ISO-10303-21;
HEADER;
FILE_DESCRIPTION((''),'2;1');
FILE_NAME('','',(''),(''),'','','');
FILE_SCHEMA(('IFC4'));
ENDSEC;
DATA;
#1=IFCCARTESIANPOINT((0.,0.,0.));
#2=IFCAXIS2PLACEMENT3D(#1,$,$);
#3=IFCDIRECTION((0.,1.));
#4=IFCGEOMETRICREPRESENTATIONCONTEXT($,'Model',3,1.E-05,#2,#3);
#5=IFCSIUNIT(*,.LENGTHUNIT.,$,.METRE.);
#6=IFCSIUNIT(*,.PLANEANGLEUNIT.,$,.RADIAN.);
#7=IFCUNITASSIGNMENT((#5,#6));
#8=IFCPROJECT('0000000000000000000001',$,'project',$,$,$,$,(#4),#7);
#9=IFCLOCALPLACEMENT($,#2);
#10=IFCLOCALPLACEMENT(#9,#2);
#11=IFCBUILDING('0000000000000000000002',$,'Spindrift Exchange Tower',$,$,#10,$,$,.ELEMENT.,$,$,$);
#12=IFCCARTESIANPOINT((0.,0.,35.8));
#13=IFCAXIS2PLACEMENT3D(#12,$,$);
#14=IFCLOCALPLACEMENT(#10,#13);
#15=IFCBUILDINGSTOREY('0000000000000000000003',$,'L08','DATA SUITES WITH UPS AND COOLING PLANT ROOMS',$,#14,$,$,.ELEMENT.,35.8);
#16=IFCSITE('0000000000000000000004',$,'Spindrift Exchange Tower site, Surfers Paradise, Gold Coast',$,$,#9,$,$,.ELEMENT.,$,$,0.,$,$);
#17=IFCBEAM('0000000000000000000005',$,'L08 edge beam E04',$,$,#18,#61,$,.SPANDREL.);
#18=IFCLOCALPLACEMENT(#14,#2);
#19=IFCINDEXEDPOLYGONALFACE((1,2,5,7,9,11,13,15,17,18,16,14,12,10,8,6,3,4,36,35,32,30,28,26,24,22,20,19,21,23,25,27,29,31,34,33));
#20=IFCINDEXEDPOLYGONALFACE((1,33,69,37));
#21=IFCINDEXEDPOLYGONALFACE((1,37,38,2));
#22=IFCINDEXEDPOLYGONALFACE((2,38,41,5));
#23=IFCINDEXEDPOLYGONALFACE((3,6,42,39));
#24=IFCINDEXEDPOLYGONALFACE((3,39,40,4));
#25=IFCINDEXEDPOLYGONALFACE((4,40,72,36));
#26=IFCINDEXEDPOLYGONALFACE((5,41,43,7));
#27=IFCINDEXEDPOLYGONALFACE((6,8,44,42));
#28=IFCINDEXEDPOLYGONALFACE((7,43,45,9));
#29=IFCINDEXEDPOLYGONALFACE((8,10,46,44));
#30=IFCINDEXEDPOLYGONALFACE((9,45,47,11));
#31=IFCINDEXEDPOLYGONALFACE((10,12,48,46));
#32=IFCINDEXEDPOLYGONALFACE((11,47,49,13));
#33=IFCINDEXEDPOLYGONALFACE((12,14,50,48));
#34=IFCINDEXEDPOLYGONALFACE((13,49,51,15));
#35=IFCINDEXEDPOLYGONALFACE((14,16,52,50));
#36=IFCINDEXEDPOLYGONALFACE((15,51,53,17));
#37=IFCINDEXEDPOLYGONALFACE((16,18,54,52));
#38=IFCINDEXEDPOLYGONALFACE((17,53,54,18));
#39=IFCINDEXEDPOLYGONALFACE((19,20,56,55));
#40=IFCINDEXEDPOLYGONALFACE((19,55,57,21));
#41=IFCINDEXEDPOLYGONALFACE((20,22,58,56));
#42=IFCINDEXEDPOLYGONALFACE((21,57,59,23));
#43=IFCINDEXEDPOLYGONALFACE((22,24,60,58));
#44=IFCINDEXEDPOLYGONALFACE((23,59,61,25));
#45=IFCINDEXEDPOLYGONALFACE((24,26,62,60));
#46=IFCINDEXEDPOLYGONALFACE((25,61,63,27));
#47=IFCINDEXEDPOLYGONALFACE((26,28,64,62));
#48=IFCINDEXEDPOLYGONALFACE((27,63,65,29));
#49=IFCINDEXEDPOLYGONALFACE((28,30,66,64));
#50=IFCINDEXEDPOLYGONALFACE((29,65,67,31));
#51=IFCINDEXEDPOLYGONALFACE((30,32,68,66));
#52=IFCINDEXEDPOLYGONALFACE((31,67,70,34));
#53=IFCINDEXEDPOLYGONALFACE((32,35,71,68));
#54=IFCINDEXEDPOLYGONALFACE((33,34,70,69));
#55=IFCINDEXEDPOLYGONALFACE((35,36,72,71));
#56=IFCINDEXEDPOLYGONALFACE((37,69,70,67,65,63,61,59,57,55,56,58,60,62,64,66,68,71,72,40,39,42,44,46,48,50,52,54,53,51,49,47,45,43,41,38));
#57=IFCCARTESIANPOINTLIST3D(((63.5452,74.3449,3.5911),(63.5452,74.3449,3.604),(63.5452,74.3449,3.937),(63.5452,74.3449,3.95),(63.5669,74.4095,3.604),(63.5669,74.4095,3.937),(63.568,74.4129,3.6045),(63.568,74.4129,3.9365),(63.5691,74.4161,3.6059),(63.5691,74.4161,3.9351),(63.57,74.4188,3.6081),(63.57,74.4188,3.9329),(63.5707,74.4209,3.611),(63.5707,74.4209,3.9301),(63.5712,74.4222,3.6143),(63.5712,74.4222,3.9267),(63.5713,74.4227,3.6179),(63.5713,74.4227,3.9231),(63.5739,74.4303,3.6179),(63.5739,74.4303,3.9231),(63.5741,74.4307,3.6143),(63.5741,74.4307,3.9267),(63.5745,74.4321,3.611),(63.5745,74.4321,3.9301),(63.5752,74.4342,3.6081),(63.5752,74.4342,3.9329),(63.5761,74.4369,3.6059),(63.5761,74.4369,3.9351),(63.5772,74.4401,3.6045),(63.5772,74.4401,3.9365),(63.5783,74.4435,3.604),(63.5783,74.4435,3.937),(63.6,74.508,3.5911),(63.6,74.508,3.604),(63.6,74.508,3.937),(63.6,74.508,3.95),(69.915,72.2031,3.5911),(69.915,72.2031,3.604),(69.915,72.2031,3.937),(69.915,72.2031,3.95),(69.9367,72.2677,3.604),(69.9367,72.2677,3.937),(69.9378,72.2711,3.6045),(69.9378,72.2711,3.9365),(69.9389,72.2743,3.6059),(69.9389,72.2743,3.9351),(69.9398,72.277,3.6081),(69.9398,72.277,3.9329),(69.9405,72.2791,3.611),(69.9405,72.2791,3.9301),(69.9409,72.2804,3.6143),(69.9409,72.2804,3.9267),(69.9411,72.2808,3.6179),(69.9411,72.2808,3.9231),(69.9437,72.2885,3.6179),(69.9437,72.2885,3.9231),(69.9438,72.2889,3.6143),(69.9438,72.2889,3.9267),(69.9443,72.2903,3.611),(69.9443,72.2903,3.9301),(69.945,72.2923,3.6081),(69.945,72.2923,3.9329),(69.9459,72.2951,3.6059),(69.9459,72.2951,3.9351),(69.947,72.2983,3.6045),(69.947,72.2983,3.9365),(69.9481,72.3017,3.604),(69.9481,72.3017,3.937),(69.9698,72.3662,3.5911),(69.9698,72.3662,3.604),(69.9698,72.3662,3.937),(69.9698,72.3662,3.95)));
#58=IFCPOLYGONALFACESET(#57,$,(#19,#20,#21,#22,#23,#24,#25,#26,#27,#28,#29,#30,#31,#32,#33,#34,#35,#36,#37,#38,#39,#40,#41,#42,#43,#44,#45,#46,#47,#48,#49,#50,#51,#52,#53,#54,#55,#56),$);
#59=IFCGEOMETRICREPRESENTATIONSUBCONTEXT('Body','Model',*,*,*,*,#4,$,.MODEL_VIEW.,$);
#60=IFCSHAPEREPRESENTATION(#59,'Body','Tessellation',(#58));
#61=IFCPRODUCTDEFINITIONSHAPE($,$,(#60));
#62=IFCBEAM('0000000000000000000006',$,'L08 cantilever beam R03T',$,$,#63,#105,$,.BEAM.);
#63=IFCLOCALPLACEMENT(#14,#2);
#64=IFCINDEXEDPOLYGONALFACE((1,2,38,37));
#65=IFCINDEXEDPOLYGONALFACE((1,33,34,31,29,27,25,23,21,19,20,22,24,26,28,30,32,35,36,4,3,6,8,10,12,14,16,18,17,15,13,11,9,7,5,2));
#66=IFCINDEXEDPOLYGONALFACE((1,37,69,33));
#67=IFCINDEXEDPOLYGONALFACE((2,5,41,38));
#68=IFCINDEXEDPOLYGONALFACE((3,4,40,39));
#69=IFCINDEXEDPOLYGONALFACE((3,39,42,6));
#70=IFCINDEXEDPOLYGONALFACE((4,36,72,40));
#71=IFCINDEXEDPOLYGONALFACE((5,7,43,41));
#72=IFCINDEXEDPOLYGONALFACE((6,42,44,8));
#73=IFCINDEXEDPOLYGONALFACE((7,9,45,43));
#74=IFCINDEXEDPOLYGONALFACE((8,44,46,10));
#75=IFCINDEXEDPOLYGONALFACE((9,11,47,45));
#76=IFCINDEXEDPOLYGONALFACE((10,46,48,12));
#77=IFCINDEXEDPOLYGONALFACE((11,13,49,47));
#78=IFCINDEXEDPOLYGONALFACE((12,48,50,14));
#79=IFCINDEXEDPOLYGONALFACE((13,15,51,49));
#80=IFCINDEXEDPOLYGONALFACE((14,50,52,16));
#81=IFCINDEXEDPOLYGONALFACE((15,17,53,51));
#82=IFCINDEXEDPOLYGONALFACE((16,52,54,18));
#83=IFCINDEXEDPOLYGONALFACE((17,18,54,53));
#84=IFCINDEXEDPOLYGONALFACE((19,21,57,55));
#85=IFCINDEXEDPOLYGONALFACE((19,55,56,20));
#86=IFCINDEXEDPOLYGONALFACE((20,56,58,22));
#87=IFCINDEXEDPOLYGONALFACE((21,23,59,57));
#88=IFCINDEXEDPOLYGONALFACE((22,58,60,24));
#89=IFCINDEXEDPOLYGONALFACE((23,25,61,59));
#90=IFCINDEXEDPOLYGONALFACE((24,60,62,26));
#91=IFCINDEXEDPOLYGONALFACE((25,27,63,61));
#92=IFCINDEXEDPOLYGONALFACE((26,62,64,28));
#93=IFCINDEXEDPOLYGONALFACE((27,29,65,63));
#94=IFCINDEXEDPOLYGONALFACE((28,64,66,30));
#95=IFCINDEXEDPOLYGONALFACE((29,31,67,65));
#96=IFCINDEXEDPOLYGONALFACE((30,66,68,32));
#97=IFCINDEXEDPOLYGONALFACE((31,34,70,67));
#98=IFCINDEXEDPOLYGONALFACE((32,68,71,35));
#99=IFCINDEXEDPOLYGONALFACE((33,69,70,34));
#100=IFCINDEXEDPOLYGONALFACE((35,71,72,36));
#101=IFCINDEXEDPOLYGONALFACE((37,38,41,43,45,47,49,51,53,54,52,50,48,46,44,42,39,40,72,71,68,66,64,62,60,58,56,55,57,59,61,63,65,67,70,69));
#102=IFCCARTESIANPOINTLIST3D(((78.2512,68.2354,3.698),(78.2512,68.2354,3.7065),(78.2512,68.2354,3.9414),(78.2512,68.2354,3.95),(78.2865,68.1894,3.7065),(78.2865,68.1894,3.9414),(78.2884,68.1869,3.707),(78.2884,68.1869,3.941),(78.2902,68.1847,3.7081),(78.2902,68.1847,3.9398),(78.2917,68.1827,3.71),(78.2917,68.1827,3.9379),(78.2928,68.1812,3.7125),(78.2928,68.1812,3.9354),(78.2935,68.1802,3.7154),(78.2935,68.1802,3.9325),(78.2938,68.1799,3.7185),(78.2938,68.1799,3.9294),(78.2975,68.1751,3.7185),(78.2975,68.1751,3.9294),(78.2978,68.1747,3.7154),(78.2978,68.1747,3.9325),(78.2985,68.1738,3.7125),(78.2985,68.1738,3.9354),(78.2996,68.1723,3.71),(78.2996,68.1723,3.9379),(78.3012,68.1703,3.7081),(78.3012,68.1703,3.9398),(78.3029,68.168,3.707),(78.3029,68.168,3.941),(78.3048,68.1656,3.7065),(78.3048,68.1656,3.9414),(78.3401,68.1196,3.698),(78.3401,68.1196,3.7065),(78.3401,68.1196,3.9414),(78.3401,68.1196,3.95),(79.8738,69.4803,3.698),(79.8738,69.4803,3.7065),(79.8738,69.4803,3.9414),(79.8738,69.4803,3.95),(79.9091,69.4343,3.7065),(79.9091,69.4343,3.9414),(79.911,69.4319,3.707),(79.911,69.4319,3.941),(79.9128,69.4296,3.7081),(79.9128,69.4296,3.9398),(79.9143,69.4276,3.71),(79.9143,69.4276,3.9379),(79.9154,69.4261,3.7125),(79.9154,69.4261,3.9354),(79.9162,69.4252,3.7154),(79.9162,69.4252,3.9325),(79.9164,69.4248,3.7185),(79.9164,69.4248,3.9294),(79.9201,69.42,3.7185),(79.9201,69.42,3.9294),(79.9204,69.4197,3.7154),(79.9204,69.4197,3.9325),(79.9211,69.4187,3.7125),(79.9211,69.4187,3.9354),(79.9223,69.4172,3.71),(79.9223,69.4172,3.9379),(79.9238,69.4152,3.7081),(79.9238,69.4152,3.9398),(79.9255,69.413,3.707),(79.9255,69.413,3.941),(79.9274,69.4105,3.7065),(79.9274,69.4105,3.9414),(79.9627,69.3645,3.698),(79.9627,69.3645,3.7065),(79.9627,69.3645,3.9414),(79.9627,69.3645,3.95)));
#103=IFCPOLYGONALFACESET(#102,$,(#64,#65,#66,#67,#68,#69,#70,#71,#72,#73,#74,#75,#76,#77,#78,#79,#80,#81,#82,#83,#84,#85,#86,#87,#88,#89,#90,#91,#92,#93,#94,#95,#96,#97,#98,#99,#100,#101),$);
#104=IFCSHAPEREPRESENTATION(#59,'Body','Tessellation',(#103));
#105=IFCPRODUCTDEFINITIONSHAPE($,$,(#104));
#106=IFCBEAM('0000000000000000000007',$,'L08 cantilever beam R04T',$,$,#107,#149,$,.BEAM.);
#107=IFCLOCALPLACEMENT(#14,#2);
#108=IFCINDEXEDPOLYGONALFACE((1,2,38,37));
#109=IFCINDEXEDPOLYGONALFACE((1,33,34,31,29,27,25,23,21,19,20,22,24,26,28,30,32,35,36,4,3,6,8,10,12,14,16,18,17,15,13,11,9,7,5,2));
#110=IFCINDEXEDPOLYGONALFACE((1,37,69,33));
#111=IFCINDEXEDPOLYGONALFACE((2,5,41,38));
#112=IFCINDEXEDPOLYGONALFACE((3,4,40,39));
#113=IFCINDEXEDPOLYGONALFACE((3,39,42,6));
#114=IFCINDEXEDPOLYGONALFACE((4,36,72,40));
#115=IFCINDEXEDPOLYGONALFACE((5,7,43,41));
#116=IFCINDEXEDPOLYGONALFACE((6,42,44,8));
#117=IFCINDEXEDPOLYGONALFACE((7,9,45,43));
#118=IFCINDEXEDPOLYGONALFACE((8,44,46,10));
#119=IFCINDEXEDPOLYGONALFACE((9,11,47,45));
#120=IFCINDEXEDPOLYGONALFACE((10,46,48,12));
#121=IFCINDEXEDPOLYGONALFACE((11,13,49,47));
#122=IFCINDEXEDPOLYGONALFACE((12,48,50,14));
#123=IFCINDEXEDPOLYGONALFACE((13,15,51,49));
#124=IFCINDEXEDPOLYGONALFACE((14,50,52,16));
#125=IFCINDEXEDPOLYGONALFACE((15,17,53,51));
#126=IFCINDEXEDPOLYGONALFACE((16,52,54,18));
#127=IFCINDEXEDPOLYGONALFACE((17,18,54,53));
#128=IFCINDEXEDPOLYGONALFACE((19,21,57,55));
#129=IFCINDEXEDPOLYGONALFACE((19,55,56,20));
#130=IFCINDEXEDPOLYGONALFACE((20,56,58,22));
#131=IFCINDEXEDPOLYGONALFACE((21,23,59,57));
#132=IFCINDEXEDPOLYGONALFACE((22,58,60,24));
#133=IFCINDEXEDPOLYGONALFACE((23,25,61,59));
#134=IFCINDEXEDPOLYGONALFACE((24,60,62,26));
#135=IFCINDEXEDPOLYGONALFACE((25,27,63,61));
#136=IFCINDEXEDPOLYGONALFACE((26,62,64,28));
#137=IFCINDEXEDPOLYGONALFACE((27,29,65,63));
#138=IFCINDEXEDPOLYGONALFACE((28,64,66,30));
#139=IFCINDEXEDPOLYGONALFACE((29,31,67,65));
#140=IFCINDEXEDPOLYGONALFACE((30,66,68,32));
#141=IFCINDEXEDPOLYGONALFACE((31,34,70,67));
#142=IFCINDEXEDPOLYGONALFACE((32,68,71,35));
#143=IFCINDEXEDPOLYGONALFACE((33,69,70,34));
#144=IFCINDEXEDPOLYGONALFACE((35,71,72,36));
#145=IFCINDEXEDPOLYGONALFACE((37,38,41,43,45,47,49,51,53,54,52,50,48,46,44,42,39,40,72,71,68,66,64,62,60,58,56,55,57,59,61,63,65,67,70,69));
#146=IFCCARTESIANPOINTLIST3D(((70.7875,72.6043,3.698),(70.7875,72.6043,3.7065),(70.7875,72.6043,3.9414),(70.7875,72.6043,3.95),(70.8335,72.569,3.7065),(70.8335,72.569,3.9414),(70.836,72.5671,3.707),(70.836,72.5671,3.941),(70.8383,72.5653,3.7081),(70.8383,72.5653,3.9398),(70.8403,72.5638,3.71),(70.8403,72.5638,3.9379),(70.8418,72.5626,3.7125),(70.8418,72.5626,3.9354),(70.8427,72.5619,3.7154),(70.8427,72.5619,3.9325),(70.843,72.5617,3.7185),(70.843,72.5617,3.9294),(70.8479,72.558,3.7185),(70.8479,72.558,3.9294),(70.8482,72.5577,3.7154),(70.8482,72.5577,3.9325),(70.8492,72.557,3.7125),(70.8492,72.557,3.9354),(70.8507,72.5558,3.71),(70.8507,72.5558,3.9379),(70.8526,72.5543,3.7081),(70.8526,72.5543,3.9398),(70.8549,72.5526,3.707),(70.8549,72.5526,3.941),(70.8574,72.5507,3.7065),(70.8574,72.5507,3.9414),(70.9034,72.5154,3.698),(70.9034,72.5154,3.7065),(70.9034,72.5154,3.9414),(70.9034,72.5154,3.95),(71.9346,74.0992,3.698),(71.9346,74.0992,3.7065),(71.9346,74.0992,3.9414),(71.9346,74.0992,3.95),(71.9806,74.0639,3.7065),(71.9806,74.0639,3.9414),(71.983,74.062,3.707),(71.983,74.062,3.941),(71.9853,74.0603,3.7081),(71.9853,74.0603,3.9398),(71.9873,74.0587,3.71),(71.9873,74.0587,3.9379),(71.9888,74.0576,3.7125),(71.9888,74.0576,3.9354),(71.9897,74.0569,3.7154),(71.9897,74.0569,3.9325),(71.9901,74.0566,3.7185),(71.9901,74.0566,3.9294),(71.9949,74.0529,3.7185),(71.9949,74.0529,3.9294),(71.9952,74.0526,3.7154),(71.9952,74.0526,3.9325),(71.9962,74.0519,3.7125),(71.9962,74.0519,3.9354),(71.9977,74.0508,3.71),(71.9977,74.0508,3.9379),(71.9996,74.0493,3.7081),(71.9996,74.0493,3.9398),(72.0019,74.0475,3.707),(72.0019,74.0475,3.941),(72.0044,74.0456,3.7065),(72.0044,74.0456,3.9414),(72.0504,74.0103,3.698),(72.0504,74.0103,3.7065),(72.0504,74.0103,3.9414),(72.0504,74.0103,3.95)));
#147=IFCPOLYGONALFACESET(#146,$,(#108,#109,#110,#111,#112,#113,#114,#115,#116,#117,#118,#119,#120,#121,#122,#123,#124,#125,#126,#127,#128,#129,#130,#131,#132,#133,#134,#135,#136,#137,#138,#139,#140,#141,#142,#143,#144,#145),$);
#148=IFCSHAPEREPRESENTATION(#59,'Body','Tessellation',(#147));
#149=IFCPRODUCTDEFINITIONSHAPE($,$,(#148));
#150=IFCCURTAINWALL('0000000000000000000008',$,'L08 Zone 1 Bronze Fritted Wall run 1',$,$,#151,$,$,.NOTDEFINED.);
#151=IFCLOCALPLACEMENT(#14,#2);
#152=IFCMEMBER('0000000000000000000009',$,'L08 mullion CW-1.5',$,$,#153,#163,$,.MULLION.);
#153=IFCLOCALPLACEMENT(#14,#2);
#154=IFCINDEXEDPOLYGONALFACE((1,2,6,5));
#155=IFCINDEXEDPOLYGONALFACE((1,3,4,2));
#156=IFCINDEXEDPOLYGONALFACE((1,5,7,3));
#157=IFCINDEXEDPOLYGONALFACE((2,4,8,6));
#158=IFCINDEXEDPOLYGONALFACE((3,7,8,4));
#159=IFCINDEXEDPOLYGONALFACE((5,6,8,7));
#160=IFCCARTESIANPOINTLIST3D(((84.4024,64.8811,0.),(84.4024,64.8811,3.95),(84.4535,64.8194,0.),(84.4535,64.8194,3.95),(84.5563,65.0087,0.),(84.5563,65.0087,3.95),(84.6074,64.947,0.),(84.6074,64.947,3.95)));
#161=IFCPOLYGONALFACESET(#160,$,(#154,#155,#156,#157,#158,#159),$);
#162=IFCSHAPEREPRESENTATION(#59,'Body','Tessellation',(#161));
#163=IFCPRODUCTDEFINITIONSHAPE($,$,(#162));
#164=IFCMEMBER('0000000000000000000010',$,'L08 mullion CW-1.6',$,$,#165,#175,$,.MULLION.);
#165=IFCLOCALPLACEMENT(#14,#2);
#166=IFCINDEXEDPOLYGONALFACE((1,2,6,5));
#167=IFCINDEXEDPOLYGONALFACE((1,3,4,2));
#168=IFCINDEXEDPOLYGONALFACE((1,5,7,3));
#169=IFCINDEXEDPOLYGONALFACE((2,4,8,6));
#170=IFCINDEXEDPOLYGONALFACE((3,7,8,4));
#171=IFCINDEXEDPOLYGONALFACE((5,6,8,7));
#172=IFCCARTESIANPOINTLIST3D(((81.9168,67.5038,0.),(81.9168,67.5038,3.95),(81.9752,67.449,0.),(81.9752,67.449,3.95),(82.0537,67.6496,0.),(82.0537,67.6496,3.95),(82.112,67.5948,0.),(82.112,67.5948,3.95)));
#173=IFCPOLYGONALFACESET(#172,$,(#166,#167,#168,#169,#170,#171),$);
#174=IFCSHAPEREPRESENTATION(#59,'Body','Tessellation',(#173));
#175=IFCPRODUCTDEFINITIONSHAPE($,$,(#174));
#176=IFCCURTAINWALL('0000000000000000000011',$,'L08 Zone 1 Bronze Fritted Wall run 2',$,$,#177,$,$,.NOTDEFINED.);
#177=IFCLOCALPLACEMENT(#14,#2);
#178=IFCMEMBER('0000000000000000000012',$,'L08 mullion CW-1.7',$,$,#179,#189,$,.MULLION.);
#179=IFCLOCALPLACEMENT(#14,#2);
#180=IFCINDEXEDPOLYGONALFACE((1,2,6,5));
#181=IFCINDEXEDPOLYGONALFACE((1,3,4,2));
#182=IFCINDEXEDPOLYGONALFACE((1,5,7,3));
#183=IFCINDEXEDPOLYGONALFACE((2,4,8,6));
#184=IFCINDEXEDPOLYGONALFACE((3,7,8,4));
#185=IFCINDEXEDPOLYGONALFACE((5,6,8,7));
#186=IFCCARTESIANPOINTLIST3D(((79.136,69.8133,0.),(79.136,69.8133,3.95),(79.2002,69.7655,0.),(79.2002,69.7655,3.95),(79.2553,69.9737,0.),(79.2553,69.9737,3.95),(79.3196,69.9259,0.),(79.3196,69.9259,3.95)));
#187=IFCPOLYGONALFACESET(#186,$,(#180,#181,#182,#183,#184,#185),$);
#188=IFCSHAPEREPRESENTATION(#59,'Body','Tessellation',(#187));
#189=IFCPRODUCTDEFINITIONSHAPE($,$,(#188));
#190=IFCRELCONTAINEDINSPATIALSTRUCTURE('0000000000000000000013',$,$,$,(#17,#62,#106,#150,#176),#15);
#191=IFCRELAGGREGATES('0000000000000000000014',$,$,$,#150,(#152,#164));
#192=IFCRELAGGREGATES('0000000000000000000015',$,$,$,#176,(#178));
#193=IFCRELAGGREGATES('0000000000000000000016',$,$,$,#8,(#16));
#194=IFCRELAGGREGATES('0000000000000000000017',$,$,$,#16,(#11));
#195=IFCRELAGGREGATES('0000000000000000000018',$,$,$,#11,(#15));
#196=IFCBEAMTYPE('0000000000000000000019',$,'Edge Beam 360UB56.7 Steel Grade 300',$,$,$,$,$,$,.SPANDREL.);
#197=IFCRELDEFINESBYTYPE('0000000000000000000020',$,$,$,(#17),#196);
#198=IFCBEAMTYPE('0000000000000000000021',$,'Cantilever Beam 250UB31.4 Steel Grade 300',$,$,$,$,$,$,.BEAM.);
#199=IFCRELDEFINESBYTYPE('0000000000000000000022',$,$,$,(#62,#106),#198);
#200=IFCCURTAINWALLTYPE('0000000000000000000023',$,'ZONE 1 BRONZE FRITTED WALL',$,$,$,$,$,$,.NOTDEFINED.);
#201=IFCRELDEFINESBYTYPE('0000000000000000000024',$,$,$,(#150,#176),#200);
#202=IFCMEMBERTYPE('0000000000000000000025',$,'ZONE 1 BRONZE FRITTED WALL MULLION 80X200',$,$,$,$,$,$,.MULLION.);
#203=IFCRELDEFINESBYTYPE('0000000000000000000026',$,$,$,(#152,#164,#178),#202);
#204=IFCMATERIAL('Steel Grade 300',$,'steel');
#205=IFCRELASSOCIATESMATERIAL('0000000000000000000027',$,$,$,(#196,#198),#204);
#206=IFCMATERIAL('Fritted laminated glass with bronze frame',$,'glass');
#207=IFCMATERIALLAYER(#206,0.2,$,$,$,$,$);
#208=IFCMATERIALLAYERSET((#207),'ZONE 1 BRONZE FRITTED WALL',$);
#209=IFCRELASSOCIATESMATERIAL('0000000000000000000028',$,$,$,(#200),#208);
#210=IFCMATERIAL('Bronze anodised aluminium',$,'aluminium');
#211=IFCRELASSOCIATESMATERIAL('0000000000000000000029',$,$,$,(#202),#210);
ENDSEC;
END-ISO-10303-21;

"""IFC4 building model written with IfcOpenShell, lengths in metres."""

from ifc_helpers import new_model, si_unit, direction, frame, origin, origin_2d, place, context, subcontext, project, spatial, rectangle, i_section, extrude, source, transform, mapped, material, layer, layer_set, material_profile, profile_set, type_object, element, aggregate, save


model = new_model("IFC4")

# Units and contexts
model_context = context("Model", 3, precision=1e-05, world=origin(), true_north=direction((0.0, 1.0)))
body_context = subcontext(model_context, "Body", "Model", "MODEL_VIEW")
ifc_project = project(units=[si_unit("LENGTHUNIT", "METRE"), si_unit("PLANEANGLEUNIT", "RADIAN")], contexts=[model_context])

# Site, building, storey
site_placement = place(None, origin())
site = spatial("IfcSite", under=ifc_project, at=site_placement, Name="Spindrift Exchange Tower site, Surfers Paradise, Gold Coast", CompositionType="ELEMENT", RefElevation=0.0)
building_placement = place(site_placement, origin())
building = spatial("IfcBuilding", under=site, at=building_placement, Name="Spindrift Exchange Tower", CompositionType="ELEMENT")
storey_placement = place(building_placement, frame((0.0, 0.0, 35.8)))
storey = spatial("IfcBuildingStorey", under=building, at=storey_placement, Name="L08", Description="DATA SUITES WITH UPS AND COOLING PLANT ROOMS", CompositionType="ELEMENT", Elevation=35.8)

# Beams
ifc_material_1 = material(Name="Steel Grade 300", Category="steel")
ifc_material_profile_1 = material_profile(ifc_material_1, i_section(OverallWidth=0.1721, OverallDepth=0.3589, WebThickness=0.0081, FlangeThickness=0.0129, FilletRadius=0.0139, at=origin_2d()), Name="360UB56.7")
ifc_profile_set_1 = profile_set([ifc_material_profile_1], Name="Steel Grade 300")
beam_type_1 = type_object("IfcBeamType", Name="Edge Beam 360UB56.7 Steel Grade 300", PredefinedType="SPANDREL", material=ifc_profile_set_1)
shared_shape_1 = source(origin(), body_context, "Body", "SweptSolid", [
    extrude(i_section(OverallWidth=0.1721, OverallDepth=0.3589, WebThickness=0.0081, FlangeThickness=0.0129, FilletRadius=0.0139, at=origin_2d()), origin(), (0.0, 0.0, 1.0), 6.7202),
])
beam_1_placement = place(storey_placement, frame((69.9424, 72.2847, 3.7705), z_axis=(-0.947852, 0.318712, 0.0), x_axis=(-0.318712, -0.947852, 0.0)))
element("IfcBeam", 1, at=beam_1_placement, inside=storey, type_object=beam_type_1, Name="L08 edge beam E04", PredefinedType="SPANDREL", context=body_context, shape_type="MappedRepresentation", body=[
    mapped(shared_shape_1, transform((0.0, 0.0, 0.0), scale=1.0)),
])
ifc_material_profile_2 = material_profile(ifc_material_1, i_section(OverallWidth=0.146, OverallDepth=0.252, WebThickness=0.0061, FlangeThickness=0.0085, FilletRadius=0.012, at=origin_2d()), Name="250UB31.4")
ifc_profile_set_2 = profile_set([ifc_material_profile_2], Name="Steel Grade 300")
beam_type_2 = type_object("IfcBeamType", Name="Cantilever Beam 250UB31.4 Steel Grade 300", PredefinedType="BEAM", material=ifc_profile_set_2)
shared_shape_2 = source(origin(), body_context, "Body", "SweptSolid", [
    extrude(i_section(OverallWidth=0.146, OverallDepth=0.252, WebThickness=0.0061, FlangeThickness=0.0085, FilletRadius=0.012, at=origin_2d()), origin(), (0.0, 0.0, 1.0), 2.0452),
])
beam_2_placement = place(storey_placement, frame((78.2957, 68.1775, 3.824), z_axis=(0.793391, 0.608712, 0.0), x_axis=(-0.608712, 0.793391, 0.0)))
element("IfcBeam", 2, at=beam_2_placement, inside=storey, type_object=beam_type_2, Name="L08 cantilever beam R03T", PredefinedType="BEAM", context=body_context, shape_type="MappedRepresentation", body=[
    mapped(shared_shape_2, transform((0.0, 0.0, 0.0), scale=1.0)),
])
shared_shape_3 = source(origin(), body_context, "Body", "SweptSolid", [
    extrude(i_section(OverallWidth=0.146, OverallDepth=0.252, WebThickness=0.0061, FlangeThickness=0.0085, FilletRadius=0.012, at=origin_2d()), origin(), (0.0, 0.0, 1.0), 1.8843),
])
beam_3_placement = place(storey_placement, frame((70.8455, 72.5598, 3.824), z_axis=(0.608733, 0.793375, 0.0), x_axis=(-0.793375, 0.608733, 0.0)))
element("IfcBeam", 3, at=beam_3_placement, inside=storey, type_object=beam_type_2, Name="L08 cantilever beam R04T", PredefinedType="BEAM", context=body_context, shape_type="MappedRepresentation", body=[
    mapped(shared_shape_3, transform((0.0, 0.0, 0.0), scale=1.0)),
])

# Curtain walls, members
ifc_material_2 = material(Name="Fritted laminated glass with bronze frame", Category="glass")
ifc_layer_1 = layer(ifc_material_2, 0.2)
ifc_layer_set_1 = layer_set([ifc_layer_1], Name="ZONE 1 BRONZE FRITTED WALL")
curtain_wall_type = type_object("IfcCurtainWallType", Name="ZONE 1 BRONZE FRITTED WALL", PredefinedType="NOTDEFINED", material=ifc_layer_set_1)
curtain_wall_1_placement = place(storey_placement, origin())
curtain_wall_1 = element("IfcCurtainWall", 4, at=curtain_wall_1_placement, inside=storey, type_object=curtain_wall_type, Name="L08 Zone 1 Bronze Fritted Wall run 1", PredefinedType="NOTDEFINED")
ifc_material_3 = material(Name="Bronze anodised aluminium", Category="aluminium")
ifc_material_profile_3 = material_profile(ifc_material_3, rectangle(XDim=0.0801, YDim=0.2, at=origin_2d()), Name="ZONE 1 BRONZE FRITTED WALL MULLION 80X200")
ifc_profile_set_3 = profile_set([ifc_material_profile_3], Name="Bronze anodised aluminium")
member_type_1 = type_object("IfcMemberType", Name="ZONE 1 BRONZE FRITTED WALL MULLION 80X200", PredefinedType="MULLION", material=ifc_profile_set_3)
shared_shape_4 = source(origin(), body_context, "Body", "SweptSolid", [
    extrude(rectangle(XDim=0.0801, YDim=0.2, at=origin_2d()), origin(), (0.0, 0.0, 1.0), 3.95),
])
member_1_placement = place(storey_placement, frame((84.5049, 64.9141, 0.0), z_axis=(0.0, 0.0, 1.0), x_axis=(-0.638127, 0.769931, 0.0)))
member_1 = element("IfcMember", 5, at=member_1_placement, type_object=member_type_1, Name="L08 mullion CW-1.5", PredefinedType="MULLION", context=body_context, shape_type="MappedRepresentation", body=[
    mapped(shared_shape_4, transform((0.0, 0.0, 0.0), scale=1.0)),
])
member_2_placement = place(storey_placement, frame((82.0144, 67.5493, 0.0), z_axis=(0.0, 0.0, 1.0), x_axis=(-0.728962, 0.684555, 0.0)))
member_2 = element("IfcMember", 6, at=member_2_placement, type_object=member_type_1, Name="L08 mullion CW-1.6", PredefinedType="MULLION", context=body_context, shape_type="MappedRepresentation", body=[
    mapped(shared_shape_4, transform((0.0, 0.0, 0.0), scale=1.0)),
])
curtain_wall_2_placement = place(storey_placement, origin())
curtain_wall_2 = element("IfcCurtainWall", 7, at=curtain_wall_2_placement, inside=storey, type_object=curtain_wall_type, Name="L08 Zone 1 Bronze Fritted Wall run 2", PredefinedType="NOTDEFINED")
member_3_placement = place(storey_placement, frame((79.2278, 69.8696, 0.0), z_axis=(0.0, 0.0, 1.0), x_axis=(-0.80233, 0.596881, 0.0)))
member_3 = element("IfcMember", 8, at=member_3_placement, type_object=member_type_1, Name="L08 mullion CW-1.7", PredefinedType="MULLION", context=body_context, shape_type="MappedRepresentation", body=[
    mapped(shared_shape_4, transform((0.0, 0.0, 0.0), scale=1.0)),
])

aggregate(curtain_wall_1, [member_1, member_2])
aggregate(curtain_wall_2, [member_3])

save(model, "model.ifc")
